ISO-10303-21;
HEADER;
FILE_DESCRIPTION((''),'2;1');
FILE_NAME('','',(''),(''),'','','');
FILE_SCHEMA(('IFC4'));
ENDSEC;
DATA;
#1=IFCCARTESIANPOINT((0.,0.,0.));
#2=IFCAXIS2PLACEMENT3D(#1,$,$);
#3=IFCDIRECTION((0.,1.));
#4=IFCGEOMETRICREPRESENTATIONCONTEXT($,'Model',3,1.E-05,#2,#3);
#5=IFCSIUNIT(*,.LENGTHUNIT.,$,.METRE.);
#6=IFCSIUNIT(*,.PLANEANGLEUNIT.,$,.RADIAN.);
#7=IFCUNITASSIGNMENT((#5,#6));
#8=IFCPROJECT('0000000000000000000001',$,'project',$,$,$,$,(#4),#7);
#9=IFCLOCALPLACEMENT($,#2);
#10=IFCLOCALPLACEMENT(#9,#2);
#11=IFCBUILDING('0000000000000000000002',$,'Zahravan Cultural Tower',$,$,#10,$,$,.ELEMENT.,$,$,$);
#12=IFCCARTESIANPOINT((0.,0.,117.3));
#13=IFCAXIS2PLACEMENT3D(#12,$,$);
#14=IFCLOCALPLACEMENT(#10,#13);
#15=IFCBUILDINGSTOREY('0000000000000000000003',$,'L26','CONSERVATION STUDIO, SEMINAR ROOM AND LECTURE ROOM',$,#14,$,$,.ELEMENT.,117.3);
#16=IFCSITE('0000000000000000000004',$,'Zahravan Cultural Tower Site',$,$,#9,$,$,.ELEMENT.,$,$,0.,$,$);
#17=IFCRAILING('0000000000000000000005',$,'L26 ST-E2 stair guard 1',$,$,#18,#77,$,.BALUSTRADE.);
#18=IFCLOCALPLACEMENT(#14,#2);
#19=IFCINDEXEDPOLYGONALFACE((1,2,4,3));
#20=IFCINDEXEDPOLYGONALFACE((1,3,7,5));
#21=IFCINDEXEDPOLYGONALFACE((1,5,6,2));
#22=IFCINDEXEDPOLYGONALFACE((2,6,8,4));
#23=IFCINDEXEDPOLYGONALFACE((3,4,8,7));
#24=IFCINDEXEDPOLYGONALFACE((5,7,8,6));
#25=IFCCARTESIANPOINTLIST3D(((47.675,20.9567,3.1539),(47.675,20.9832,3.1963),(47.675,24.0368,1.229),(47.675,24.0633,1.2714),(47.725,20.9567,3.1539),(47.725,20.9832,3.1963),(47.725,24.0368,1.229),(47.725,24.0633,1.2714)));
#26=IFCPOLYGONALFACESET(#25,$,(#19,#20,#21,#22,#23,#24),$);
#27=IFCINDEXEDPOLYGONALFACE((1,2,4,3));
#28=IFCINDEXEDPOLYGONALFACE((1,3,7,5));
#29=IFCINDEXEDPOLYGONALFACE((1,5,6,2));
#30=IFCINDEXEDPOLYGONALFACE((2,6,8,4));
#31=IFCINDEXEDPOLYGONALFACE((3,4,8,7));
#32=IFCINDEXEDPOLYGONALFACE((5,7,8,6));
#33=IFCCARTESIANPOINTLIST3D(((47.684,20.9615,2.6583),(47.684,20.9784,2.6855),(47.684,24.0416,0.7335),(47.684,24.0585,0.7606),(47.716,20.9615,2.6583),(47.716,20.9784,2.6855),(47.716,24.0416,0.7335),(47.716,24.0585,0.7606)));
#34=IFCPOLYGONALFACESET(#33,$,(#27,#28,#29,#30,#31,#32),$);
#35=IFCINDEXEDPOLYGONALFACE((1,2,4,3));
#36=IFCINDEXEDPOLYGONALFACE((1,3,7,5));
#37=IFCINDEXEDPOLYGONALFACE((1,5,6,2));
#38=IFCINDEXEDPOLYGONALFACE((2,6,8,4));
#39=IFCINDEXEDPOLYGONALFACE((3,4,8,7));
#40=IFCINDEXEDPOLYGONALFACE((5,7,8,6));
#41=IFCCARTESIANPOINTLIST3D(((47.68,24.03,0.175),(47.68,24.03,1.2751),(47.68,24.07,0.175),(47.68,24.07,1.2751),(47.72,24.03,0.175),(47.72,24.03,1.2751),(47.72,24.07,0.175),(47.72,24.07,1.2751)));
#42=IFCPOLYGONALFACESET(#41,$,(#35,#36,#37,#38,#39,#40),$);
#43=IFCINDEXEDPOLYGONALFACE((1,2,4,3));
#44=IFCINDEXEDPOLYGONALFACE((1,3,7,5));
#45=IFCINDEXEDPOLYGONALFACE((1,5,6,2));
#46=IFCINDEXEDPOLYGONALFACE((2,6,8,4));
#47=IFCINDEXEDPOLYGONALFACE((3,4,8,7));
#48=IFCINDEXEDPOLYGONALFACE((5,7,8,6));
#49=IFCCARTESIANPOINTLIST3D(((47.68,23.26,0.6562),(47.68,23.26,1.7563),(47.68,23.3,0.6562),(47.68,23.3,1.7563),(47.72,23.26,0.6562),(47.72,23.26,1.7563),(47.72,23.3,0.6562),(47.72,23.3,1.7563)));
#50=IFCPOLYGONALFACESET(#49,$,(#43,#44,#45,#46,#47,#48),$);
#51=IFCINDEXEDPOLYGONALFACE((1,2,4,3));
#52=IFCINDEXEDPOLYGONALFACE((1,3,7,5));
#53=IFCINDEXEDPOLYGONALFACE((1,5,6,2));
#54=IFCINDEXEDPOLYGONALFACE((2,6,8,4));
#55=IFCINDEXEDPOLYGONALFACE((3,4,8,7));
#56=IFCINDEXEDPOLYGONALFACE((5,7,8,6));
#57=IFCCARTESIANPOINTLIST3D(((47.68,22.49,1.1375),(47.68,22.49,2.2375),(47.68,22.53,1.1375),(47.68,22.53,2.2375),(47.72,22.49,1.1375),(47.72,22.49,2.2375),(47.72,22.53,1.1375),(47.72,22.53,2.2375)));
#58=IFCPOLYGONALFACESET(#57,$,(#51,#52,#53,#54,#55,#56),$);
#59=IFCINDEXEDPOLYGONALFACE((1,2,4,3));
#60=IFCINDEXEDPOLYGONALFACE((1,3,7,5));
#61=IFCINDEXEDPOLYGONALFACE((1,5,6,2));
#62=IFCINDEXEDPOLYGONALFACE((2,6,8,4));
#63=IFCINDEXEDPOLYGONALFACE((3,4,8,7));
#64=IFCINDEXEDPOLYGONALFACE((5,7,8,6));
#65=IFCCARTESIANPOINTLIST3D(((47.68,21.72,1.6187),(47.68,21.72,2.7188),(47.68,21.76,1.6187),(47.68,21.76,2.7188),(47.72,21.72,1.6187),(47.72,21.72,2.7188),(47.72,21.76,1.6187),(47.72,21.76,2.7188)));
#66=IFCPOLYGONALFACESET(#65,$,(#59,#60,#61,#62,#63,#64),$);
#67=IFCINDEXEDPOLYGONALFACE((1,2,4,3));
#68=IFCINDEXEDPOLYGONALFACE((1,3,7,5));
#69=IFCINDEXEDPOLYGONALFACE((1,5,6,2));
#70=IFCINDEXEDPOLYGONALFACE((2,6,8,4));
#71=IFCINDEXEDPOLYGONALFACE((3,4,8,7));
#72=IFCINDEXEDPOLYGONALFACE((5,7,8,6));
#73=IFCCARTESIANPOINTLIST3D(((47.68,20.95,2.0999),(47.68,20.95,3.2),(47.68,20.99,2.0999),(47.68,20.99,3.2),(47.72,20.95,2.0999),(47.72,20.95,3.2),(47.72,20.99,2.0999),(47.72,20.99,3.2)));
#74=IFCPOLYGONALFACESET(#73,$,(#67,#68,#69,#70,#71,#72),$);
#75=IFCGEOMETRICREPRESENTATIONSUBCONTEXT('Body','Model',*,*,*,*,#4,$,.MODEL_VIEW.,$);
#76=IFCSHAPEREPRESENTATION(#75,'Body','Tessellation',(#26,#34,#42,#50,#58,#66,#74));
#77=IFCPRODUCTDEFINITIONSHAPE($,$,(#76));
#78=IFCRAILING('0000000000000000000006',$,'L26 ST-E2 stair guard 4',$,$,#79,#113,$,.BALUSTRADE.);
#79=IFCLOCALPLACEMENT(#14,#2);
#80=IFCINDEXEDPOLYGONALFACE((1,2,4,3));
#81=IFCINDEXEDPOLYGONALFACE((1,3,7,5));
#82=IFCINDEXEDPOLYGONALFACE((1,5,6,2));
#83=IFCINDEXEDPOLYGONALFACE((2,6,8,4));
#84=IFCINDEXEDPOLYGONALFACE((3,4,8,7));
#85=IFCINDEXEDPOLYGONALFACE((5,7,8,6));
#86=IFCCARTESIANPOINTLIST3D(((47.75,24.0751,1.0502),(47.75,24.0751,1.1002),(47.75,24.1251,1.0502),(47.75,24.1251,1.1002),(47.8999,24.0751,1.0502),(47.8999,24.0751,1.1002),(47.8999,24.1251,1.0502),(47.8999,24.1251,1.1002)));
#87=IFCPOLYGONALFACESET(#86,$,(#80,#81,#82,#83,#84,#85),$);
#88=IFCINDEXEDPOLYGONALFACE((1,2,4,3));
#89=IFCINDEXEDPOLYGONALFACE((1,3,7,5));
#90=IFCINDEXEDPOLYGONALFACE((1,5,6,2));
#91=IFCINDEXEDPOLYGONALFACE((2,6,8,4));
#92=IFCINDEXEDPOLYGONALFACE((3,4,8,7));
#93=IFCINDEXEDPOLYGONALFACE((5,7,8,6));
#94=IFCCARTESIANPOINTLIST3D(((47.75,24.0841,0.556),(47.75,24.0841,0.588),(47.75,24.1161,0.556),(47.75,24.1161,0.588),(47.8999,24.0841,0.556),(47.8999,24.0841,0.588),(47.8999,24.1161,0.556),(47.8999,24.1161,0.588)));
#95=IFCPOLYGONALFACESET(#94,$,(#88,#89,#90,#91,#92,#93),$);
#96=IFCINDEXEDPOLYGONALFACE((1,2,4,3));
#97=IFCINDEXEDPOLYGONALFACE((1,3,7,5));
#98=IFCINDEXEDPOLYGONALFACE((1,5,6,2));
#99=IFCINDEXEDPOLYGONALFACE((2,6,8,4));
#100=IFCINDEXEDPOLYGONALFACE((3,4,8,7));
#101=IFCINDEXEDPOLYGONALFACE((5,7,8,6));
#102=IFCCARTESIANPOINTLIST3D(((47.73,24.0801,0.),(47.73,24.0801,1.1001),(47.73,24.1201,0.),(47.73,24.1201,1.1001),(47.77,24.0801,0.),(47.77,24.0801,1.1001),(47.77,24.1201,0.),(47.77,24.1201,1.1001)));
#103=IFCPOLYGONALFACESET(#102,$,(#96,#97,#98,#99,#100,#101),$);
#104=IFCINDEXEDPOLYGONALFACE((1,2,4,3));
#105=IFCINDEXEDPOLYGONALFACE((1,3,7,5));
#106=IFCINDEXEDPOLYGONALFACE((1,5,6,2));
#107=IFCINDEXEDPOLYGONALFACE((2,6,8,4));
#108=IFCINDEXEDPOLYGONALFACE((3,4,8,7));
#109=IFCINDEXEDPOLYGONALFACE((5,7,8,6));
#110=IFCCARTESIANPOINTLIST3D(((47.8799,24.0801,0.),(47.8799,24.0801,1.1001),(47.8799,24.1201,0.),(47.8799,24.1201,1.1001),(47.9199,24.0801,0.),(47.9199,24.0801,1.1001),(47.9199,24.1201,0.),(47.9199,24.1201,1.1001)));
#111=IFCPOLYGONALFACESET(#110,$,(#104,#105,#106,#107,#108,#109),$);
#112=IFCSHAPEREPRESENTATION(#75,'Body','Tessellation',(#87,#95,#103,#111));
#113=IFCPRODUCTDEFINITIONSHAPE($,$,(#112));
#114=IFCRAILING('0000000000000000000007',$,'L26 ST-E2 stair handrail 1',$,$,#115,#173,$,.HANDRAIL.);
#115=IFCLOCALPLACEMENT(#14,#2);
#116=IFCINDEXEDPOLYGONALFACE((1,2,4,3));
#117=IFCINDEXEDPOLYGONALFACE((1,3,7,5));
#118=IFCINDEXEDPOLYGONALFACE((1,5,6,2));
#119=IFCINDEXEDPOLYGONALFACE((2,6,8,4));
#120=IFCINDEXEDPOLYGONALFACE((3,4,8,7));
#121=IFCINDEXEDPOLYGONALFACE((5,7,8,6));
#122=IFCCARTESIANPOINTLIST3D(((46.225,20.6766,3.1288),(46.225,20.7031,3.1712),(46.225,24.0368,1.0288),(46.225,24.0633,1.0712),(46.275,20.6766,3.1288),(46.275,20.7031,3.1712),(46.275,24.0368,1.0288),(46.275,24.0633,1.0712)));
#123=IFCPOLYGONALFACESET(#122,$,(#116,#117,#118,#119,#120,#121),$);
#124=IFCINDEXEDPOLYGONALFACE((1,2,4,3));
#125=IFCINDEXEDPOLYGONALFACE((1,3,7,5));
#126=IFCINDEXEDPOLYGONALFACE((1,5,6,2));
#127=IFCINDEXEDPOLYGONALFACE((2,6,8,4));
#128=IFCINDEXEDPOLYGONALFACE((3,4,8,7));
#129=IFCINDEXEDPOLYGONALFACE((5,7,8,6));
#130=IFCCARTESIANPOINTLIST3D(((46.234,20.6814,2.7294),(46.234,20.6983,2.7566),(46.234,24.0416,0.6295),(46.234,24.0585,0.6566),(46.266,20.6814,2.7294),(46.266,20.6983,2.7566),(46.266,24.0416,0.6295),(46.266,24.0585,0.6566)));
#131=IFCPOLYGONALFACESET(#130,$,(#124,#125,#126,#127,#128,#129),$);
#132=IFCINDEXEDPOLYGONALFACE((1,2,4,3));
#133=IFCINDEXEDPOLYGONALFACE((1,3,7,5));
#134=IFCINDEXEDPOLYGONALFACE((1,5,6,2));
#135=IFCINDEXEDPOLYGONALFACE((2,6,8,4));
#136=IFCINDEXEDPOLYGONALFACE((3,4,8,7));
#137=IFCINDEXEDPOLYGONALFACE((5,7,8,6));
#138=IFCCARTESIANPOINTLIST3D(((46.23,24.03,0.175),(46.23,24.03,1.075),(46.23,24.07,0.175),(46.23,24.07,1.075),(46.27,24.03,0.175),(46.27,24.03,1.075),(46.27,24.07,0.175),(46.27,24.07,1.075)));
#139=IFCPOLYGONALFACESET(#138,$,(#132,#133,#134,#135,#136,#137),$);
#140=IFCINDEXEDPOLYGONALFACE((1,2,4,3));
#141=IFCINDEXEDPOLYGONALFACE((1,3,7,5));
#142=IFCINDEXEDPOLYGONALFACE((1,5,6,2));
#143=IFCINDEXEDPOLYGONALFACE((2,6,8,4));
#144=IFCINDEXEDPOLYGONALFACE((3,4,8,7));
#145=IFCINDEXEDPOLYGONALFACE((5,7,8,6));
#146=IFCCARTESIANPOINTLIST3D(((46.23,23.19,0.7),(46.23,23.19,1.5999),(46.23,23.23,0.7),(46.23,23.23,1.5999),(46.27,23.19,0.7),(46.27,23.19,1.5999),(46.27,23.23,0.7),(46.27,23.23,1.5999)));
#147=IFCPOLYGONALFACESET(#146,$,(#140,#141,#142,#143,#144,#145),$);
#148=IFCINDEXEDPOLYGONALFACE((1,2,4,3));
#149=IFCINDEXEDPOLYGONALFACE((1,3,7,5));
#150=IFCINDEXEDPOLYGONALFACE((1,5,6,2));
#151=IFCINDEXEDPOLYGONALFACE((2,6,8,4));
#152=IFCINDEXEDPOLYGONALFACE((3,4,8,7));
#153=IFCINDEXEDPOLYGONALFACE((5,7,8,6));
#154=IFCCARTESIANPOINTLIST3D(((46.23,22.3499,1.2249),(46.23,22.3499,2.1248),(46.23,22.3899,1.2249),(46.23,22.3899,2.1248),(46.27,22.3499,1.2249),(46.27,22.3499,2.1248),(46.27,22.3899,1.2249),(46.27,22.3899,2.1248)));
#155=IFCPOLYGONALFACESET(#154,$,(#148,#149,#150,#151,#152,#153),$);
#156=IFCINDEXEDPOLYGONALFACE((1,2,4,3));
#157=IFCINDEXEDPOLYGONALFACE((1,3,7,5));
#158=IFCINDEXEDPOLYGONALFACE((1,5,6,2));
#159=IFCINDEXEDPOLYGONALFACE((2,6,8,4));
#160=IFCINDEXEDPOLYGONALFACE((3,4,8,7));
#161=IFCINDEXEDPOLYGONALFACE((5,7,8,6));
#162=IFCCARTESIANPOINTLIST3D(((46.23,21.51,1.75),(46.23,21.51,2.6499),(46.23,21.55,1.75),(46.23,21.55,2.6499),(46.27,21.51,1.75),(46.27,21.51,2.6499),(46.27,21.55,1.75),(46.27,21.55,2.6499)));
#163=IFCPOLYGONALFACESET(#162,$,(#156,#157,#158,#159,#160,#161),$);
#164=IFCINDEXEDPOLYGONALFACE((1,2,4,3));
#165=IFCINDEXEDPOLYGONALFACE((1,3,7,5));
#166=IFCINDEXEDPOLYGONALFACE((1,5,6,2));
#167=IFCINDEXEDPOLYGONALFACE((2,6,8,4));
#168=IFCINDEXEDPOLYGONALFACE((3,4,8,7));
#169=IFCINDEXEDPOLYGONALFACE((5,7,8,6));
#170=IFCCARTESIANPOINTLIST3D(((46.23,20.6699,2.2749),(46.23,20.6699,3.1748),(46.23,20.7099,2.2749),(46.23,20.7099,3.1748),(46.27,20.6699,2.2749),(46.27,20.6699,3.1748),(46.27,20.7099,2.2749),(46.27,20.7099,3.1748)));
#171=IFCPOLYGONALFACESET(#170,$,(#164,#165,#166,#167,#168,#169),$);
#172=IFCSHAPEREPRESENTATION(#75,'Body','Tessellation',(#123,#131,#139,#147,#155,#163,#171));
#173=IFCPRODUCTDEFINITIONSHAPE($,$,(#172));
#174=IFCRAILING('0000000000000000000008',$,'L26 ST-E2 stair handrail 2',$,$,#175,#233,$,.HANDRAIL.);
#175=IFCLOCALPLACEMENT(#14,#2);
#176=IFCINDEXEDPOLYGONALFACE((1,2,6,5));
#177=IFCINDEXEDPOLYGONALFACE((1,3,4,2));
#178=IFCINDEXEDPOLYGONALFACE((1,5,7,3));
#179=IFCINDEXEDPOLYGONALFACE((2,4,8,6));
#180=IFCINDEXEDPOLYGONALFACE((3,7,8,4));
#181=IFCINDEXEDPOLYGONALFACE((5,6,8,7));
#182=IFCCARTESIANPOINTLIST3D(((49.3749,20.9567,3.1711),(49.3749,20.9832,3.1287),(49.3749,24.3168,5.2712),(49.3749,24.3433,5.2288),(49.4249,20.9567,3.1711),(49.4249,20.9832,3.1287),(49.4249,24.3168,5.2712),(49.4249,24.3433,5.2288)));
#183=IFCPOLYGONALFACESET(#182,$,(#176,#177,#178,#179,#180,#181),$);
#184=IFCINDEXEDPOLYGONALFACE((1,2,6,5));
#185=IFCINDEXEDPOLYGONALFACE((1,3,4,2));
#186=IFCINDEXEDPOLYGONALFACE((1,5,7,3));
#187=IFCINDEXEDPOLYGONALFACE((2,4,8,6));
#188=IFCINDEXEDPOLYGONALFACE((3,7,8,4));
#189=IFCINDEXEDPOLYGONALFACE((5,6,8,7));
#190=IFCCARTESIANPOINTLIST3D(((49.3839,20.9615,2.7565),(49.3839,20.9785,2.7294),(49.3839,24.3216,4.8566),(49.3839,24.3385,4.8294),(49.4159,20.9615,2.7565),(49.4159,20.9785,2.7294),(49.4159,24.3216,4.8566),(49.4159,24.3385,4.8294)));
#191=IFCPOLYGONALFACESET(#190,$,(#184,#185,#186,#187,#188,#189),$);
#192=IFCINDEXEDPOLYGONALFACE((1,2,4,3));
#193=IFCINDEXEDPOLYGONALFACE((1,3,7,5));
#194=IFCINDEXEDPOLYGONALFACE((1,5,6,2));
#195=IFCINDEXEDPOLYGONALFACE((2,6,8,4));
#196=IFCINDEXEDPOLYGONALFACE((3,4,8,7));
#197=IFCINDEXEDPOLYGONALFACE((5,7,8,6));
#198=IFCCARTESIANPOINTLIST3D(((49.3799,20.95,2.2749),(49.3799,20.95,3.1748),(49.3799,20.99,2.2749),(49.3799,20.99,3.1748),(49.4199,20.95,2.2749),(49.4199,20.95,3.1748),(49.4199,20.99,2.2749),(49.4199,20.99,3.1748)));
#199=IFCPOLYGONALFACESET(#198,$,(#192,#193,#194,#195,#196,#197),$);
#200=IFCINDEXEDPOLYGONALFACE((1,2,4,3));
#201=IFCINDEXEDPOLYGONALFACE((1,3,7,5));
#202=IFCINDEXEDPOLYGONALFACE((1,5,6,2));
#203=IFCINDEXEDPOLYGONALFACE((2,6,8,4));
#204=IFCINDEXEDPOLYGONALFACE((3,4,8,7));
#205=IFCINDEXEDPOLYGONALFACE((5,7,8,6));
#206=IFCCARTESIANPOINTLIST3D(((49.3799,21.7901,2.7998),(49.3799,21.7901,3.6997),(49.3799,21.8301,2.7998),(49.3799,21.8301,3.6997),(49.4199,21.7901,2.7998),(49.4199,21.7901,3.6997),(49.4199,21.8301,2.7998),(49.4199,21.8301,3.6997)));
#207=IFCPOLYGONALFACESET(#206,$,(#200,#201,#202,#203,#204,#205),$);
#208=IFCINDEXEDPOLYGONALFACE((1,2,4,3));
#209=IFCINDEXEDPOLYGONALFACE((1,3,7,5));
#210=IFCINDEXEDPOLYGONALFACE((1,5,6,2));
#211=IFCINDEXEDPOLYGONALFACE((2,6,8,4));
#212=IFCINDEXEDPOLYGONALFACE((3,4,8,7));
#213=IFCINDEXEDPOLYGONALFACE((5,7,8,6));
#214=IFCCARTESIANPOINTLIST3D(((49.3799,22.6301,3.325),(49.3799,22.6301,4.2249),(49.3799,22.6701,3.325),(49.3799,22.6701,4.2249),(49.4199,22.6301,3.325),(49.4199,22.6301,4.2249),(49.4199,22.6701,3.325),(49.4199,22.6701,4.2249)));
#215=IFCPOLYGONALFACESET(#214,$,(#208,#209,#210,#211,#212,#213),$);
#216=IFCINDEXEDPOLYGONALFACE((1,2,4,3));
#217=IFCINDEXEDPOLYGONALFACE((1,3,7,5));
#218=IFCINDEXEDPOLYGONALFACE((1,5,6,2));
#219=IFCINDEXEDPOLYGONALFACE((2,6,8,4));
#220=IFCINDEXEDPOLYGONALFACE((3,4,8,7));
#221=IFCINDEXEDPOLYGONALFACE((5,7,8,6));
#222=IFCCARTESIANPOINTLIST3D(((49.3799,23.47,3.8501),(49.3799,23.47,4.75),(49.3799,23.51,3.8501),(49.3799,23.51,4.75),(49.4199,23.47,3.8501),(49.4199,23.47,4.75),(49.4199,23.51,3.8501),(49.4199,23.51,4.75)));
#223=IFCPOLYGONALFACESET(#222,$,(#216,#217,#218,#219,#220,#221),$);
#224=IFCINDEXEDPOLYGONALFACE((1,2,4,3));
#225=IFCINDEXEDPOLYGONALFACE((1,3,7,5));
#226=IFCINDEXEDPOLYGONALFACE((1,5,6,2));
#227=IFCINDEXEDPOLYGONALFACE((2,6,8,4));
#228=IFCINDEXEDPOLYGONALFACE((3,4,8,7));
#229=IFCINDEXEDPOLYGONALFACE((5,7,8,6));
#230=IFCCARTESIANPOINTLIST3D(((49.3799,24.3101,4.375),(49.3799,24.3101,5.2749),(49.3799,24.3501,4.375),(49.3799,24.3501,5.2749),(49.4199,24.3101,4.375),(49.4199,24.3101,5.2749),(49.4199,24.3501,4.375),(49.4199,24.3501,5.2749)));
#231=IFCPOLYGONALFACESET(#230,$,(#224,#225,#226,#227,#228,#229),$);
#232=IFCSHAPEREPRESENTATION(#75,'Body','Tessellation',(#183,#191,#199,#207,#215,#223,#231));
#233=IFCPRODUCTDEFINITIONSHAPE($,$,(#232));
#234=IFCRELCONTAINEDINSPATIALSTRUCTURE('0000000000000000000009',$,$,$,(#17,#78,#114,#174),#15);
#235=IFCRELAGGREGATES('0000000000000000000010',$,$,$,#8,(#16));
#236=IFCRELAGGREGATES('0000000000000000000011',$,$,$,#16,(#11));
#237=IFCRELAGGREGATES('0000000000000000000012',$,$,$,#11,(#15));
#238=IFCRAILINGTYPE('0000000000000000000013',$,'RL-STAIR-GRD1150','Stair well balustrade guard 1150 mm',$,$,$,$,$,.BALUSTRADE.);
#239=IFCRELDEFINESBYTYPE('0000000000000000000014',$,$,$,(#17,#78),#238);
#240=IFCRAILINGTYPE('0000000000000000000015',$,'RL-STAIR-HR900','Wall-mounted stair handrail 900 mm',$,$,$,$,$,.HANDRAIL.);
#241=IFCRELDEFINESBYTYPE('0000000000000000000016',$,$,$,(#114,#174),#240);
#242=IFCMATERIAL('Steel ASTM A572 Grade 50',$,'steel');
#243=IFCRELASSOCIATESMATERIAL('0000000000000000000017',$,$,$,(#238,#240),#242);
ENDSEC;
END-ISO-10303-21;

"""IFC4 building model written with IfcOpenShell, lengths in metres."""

from ifc_helpers import new_model, si_unit, direction, frame, origin, origin_2d, place, context, subcontext, project, spatial, rectangle, extrude, material, type_object, element, save


model = new_model("IFC4")

# Units and contexts
model_context = context("Model", 3, precision=1e-05, world=origin(), true_north=direction((0.0, 1.0)))
body_context = subcontext(model_context, "Body", "Model", "MODEL_VIEW")
ifc_project = project(units=[si_unit("LENGTHUNIT", "METRE"), si_unit("PLANEANGLEUNIT", "RADIAN")], contexts=[model_context])

# Site, building, storey
site_placement = place(None, origin())
site = spatial("IfcSite", under=ifc_project, at=site_placement, Name="Zahravan Cultural Tower Site", CompositionType="ELEMENT", RefElevation=0.0)
building_placement = place(site_placement, origin())
building = spatial("IfcBuilding", under=site, at=building_placement, Name="Zahravan Cultural Tower", CompositionType="ELEMENT")
storey_placement = place(building_placement, frame((0.0, 0.0, 117.3)))
storey = spatial("IfcBuildingStorey", under=building, at=storey_placement, Name="L26", Description="CONSERVATION STUDIO, SEMINAR ROOM AND LECTURE ROOM", CompositionType="ELEMENT", Elevation=117.3)

# Railings
ifc_material_1 = material(Name="Steel ASTM A572 Grade 50", Category="steel")
railing_type_1 = type_object("IfcRailingType", Name="RL-STAIR-GRD1150", Description="Stair well balustrade guard 1150 mm", PredefinedType="BALUSTRADE", material=ifc_material_1)
railing_1_placement = place(storey_placement, frame((47.7, 24.05, 0.175)))
element("IfcRailing", 1, at=railing_1_placement, inside=storey, type_object=railing_type_1, Name="L26 ST-E2 stair guard 1", PredefinedType="BALUSTRADE", context=body_context, shape_type="SweptSolid", body=[
    extrude(rectangle(XDim=0.05, YDim=0.05, at=origin_2d()), frame((0.0, 0.0, 1.0752), z_axis=(0.0, -0.848029, 0.529951), x_axis=(1.0, 0.0, 0.0)), (0.0, 0.0, 1.0), 3.6321),
    extrude(rectangle(XDim=0.032, YDim=0.032, at=origin_2d()), frame((0.0, 0.0, 0.572), z_axis=(0.0, -0.848029, 0.529951), x_axis=(1.0, 0.0, 0.0)), (0.0, 0.0, 1.0), 3.6321),
    extrude(rectangle(XDim=0.04, YDim=0.04, at=origin_2d()), origin(), (0.0, 0.0, 1.0), 1.1001),
    extrude(rectangle(XDim=0.04, YDim=0.04, at=origin_2d()), frame((0.0, -0.77, 0.4812)), (0.0, 0.0, 1.0), 1.1001),
    extrude(rectangle(XDim=0.04, YDim=0.04, at=origin_2d()), frame((0.0, -1.54, 0.9624)), (0.0, 0.0, 1.0), 1.1001),
    extrude(rectangle(XDim=0.04, YDim=0.04, at=origin_2d()), frame((0.0, -2.3101, 1.4436)), (0.0, 0.0, 1.0), 1.1001),
    extrude(rectangle(XDim=0.04, YDim=0.04, at=origin_2d()), frame((0.0, -3.0801, 1.9248)), (0.0, 0.0, 1.0), 1.1001),
])
railing_2_placement = place(storey_placement, frame((47.75, 24.1001, 0.0)))
element("IfcRailing", 2, at=railing_2_placement, inside=storey, type_object=railing_type_1, Name="L26 ST-E2 stair guard 4", PredefinedType="BALUSTRADE", context=body_context, shape_type="SweptSolid", body=[
    extrude(rectangle(XDim=0.05, YDim=0.05, at=origin_2d()), frame((0.0, 0.0, 1.0752), z_axis=(1.0, 0.0, 0.0), x_axis=(0.0, 1.0, 0.0)), (0.0, 0.0, 1.0), 0.1499),
    extrude(rectangle(XDim=0.032, YDim=0.032, at=origin_2d()), frame((0.0, 0.0, 0.572), z_axis=(1.0, 0.0, 0.0), x_axis=(0.0, 1.0, 0.0)), (0.0, 0.0, 1.0), 0.1499),
    extrude(rectangle(XDim=0.04, YDim=0.04, at=origin_2d()), origin(), (0.0, 0.0, 1.0), 1.1001),
    extrude(rectangle(XDim=0.04, YDim=0.04, at=origin_2d()), frame((0.1499, 0.0, 0.0)), (0.0, 0.0, 1.0), 1.1001),
])
railing_type_2 = type_object("IfcRailingType", Name="RL-STAIR-HR900", Description="Wall-mounted stair handrail 900 mm", PredefinedType="HANDRAIL", material=ifc_material_1)
railing_3_placement = place(storey_placement, frame((46.25, 24.05, 0.175)))
element("IfcRailing", 3, at=railing_3_placement, inside=storey, type_object=railing_type_2, Name="L26 ST-E2 stair handrail 1", PredefinedType="HANDRAIL", context=body_context, shape_type="SweptSolid", body=[
    extrude(rectangle(XDim=0.05, YDim=0.05, at=origin_2d()), frame((0.0, 0.0, 0.875), z_axis=(0.0, -0.848023, 0.52996), x_axis=(1.0, 0.0, 0.0)), (0.0, 0.0, 1.0), 3.9624),
    extrude(rectangle(XDim=0.032, YDim=0.032, at=origin_2d()), frame((0.0, 0.0, 0.468), z_axis=(0.0, -0.848023, 0.52996), x_axis=(1.0, 0.0, 0.0)), (0.0, 0.0, 1.0), 3.9624),
    extrude(rectangle(XDim=0.04, YDim=0.04, at=origin_2d()), origin(), (0.0, 0.0, 1.0), 0.8999),
    extrude(rectangle(XDim=0.04, YDim=0.04, at=origin_2d()), frame((0.0, -0.8401, 0.5249)), (0.0, 0.0, 1.0), 0.8999),
    extrude(rectangle(XDim=0.04, YDim=0.04, at=origin_2d()), frame((0.0, -1.6802, 1.0498)), (0.0, 0.0, 1.0), 0.8999),
    extrude(rectangle(XDim=0.04, YDim=0.04, at=origin_2d()), frame((0.0, -2.52, 1.575)), (0.0, 0.0, 1.0), 0.8999),
    extrude(rectangle(XDim=0.04, YDim=0.04, at=origin_2d()), frame((0.0, -3.3601, 2.0999)), (0.0, 0.0, 1.0), 0.8999),
])
railing_4_placement = place(storey_placement, frame((49.3999, 20.97, 2.2749)))
element("IfcRailing", 4, at=railing_4_placement, inside=storey, type_object=railing_type_2, Name="L26 ST-E2 stair handrail 2", PredefinedType="HANDRAIL", context=body_context, shape_type="SweptSolid", body=[
    extrude(rectangle(XDim=0.05, YDim=0.05, at=origin_2d()), frame((0.0, 0.0, 0.875), z_axis=(0.0, 0.847995, 0.530004), x_axis=(-1.0, 0.0, 0.0)), (0.0, 0.0, 1.0), 3.9624),
    extrude(rectangle(XDim=0.032, YDim=0.032, at=origin_2d()), frame((0.0, 0.0, 0.468), z_axis=(0.0, 0.847995, 0.530004), x_axis=(-1.0, 0.0, 0.0)), (0.0, 0.0, 1.0), 3.9624),
    extrude(rectangle(XDim=0.04, YDim=0.04, at=origin_2d()), origin(), (0.0, 0.0, 1.0), 0.8999),
    extrude(rectangle(XDim=0.04, YDim=0.04, at=origin_2d()), frame((0.0, 0.8401, 0.5249)), (0.0, 0.0, 1.0), 0.8999),
    extrude(rectangle(XDim=0.04, YDim=0.04, at=origin_2d()), frame((0.0, 1.6802, 1.05)), (0.0, 0.0, 1.0), 0.8999),
    extrude(rectangle(XDim=0.04, YDim=0.04, at=origin_2d()), frame((0.0, 2.52, 1.5752)), (0.0, 0.0, 1.0), 0.8999),
    extrude(rectangle(XDim=0.04, YDim=0.04, at=origin_2d()), frame((0.0, 3.3601, 2.1001)), (0.0, 0.0, 1.0), 0.8999),
])

save(model, "model.ifc")
